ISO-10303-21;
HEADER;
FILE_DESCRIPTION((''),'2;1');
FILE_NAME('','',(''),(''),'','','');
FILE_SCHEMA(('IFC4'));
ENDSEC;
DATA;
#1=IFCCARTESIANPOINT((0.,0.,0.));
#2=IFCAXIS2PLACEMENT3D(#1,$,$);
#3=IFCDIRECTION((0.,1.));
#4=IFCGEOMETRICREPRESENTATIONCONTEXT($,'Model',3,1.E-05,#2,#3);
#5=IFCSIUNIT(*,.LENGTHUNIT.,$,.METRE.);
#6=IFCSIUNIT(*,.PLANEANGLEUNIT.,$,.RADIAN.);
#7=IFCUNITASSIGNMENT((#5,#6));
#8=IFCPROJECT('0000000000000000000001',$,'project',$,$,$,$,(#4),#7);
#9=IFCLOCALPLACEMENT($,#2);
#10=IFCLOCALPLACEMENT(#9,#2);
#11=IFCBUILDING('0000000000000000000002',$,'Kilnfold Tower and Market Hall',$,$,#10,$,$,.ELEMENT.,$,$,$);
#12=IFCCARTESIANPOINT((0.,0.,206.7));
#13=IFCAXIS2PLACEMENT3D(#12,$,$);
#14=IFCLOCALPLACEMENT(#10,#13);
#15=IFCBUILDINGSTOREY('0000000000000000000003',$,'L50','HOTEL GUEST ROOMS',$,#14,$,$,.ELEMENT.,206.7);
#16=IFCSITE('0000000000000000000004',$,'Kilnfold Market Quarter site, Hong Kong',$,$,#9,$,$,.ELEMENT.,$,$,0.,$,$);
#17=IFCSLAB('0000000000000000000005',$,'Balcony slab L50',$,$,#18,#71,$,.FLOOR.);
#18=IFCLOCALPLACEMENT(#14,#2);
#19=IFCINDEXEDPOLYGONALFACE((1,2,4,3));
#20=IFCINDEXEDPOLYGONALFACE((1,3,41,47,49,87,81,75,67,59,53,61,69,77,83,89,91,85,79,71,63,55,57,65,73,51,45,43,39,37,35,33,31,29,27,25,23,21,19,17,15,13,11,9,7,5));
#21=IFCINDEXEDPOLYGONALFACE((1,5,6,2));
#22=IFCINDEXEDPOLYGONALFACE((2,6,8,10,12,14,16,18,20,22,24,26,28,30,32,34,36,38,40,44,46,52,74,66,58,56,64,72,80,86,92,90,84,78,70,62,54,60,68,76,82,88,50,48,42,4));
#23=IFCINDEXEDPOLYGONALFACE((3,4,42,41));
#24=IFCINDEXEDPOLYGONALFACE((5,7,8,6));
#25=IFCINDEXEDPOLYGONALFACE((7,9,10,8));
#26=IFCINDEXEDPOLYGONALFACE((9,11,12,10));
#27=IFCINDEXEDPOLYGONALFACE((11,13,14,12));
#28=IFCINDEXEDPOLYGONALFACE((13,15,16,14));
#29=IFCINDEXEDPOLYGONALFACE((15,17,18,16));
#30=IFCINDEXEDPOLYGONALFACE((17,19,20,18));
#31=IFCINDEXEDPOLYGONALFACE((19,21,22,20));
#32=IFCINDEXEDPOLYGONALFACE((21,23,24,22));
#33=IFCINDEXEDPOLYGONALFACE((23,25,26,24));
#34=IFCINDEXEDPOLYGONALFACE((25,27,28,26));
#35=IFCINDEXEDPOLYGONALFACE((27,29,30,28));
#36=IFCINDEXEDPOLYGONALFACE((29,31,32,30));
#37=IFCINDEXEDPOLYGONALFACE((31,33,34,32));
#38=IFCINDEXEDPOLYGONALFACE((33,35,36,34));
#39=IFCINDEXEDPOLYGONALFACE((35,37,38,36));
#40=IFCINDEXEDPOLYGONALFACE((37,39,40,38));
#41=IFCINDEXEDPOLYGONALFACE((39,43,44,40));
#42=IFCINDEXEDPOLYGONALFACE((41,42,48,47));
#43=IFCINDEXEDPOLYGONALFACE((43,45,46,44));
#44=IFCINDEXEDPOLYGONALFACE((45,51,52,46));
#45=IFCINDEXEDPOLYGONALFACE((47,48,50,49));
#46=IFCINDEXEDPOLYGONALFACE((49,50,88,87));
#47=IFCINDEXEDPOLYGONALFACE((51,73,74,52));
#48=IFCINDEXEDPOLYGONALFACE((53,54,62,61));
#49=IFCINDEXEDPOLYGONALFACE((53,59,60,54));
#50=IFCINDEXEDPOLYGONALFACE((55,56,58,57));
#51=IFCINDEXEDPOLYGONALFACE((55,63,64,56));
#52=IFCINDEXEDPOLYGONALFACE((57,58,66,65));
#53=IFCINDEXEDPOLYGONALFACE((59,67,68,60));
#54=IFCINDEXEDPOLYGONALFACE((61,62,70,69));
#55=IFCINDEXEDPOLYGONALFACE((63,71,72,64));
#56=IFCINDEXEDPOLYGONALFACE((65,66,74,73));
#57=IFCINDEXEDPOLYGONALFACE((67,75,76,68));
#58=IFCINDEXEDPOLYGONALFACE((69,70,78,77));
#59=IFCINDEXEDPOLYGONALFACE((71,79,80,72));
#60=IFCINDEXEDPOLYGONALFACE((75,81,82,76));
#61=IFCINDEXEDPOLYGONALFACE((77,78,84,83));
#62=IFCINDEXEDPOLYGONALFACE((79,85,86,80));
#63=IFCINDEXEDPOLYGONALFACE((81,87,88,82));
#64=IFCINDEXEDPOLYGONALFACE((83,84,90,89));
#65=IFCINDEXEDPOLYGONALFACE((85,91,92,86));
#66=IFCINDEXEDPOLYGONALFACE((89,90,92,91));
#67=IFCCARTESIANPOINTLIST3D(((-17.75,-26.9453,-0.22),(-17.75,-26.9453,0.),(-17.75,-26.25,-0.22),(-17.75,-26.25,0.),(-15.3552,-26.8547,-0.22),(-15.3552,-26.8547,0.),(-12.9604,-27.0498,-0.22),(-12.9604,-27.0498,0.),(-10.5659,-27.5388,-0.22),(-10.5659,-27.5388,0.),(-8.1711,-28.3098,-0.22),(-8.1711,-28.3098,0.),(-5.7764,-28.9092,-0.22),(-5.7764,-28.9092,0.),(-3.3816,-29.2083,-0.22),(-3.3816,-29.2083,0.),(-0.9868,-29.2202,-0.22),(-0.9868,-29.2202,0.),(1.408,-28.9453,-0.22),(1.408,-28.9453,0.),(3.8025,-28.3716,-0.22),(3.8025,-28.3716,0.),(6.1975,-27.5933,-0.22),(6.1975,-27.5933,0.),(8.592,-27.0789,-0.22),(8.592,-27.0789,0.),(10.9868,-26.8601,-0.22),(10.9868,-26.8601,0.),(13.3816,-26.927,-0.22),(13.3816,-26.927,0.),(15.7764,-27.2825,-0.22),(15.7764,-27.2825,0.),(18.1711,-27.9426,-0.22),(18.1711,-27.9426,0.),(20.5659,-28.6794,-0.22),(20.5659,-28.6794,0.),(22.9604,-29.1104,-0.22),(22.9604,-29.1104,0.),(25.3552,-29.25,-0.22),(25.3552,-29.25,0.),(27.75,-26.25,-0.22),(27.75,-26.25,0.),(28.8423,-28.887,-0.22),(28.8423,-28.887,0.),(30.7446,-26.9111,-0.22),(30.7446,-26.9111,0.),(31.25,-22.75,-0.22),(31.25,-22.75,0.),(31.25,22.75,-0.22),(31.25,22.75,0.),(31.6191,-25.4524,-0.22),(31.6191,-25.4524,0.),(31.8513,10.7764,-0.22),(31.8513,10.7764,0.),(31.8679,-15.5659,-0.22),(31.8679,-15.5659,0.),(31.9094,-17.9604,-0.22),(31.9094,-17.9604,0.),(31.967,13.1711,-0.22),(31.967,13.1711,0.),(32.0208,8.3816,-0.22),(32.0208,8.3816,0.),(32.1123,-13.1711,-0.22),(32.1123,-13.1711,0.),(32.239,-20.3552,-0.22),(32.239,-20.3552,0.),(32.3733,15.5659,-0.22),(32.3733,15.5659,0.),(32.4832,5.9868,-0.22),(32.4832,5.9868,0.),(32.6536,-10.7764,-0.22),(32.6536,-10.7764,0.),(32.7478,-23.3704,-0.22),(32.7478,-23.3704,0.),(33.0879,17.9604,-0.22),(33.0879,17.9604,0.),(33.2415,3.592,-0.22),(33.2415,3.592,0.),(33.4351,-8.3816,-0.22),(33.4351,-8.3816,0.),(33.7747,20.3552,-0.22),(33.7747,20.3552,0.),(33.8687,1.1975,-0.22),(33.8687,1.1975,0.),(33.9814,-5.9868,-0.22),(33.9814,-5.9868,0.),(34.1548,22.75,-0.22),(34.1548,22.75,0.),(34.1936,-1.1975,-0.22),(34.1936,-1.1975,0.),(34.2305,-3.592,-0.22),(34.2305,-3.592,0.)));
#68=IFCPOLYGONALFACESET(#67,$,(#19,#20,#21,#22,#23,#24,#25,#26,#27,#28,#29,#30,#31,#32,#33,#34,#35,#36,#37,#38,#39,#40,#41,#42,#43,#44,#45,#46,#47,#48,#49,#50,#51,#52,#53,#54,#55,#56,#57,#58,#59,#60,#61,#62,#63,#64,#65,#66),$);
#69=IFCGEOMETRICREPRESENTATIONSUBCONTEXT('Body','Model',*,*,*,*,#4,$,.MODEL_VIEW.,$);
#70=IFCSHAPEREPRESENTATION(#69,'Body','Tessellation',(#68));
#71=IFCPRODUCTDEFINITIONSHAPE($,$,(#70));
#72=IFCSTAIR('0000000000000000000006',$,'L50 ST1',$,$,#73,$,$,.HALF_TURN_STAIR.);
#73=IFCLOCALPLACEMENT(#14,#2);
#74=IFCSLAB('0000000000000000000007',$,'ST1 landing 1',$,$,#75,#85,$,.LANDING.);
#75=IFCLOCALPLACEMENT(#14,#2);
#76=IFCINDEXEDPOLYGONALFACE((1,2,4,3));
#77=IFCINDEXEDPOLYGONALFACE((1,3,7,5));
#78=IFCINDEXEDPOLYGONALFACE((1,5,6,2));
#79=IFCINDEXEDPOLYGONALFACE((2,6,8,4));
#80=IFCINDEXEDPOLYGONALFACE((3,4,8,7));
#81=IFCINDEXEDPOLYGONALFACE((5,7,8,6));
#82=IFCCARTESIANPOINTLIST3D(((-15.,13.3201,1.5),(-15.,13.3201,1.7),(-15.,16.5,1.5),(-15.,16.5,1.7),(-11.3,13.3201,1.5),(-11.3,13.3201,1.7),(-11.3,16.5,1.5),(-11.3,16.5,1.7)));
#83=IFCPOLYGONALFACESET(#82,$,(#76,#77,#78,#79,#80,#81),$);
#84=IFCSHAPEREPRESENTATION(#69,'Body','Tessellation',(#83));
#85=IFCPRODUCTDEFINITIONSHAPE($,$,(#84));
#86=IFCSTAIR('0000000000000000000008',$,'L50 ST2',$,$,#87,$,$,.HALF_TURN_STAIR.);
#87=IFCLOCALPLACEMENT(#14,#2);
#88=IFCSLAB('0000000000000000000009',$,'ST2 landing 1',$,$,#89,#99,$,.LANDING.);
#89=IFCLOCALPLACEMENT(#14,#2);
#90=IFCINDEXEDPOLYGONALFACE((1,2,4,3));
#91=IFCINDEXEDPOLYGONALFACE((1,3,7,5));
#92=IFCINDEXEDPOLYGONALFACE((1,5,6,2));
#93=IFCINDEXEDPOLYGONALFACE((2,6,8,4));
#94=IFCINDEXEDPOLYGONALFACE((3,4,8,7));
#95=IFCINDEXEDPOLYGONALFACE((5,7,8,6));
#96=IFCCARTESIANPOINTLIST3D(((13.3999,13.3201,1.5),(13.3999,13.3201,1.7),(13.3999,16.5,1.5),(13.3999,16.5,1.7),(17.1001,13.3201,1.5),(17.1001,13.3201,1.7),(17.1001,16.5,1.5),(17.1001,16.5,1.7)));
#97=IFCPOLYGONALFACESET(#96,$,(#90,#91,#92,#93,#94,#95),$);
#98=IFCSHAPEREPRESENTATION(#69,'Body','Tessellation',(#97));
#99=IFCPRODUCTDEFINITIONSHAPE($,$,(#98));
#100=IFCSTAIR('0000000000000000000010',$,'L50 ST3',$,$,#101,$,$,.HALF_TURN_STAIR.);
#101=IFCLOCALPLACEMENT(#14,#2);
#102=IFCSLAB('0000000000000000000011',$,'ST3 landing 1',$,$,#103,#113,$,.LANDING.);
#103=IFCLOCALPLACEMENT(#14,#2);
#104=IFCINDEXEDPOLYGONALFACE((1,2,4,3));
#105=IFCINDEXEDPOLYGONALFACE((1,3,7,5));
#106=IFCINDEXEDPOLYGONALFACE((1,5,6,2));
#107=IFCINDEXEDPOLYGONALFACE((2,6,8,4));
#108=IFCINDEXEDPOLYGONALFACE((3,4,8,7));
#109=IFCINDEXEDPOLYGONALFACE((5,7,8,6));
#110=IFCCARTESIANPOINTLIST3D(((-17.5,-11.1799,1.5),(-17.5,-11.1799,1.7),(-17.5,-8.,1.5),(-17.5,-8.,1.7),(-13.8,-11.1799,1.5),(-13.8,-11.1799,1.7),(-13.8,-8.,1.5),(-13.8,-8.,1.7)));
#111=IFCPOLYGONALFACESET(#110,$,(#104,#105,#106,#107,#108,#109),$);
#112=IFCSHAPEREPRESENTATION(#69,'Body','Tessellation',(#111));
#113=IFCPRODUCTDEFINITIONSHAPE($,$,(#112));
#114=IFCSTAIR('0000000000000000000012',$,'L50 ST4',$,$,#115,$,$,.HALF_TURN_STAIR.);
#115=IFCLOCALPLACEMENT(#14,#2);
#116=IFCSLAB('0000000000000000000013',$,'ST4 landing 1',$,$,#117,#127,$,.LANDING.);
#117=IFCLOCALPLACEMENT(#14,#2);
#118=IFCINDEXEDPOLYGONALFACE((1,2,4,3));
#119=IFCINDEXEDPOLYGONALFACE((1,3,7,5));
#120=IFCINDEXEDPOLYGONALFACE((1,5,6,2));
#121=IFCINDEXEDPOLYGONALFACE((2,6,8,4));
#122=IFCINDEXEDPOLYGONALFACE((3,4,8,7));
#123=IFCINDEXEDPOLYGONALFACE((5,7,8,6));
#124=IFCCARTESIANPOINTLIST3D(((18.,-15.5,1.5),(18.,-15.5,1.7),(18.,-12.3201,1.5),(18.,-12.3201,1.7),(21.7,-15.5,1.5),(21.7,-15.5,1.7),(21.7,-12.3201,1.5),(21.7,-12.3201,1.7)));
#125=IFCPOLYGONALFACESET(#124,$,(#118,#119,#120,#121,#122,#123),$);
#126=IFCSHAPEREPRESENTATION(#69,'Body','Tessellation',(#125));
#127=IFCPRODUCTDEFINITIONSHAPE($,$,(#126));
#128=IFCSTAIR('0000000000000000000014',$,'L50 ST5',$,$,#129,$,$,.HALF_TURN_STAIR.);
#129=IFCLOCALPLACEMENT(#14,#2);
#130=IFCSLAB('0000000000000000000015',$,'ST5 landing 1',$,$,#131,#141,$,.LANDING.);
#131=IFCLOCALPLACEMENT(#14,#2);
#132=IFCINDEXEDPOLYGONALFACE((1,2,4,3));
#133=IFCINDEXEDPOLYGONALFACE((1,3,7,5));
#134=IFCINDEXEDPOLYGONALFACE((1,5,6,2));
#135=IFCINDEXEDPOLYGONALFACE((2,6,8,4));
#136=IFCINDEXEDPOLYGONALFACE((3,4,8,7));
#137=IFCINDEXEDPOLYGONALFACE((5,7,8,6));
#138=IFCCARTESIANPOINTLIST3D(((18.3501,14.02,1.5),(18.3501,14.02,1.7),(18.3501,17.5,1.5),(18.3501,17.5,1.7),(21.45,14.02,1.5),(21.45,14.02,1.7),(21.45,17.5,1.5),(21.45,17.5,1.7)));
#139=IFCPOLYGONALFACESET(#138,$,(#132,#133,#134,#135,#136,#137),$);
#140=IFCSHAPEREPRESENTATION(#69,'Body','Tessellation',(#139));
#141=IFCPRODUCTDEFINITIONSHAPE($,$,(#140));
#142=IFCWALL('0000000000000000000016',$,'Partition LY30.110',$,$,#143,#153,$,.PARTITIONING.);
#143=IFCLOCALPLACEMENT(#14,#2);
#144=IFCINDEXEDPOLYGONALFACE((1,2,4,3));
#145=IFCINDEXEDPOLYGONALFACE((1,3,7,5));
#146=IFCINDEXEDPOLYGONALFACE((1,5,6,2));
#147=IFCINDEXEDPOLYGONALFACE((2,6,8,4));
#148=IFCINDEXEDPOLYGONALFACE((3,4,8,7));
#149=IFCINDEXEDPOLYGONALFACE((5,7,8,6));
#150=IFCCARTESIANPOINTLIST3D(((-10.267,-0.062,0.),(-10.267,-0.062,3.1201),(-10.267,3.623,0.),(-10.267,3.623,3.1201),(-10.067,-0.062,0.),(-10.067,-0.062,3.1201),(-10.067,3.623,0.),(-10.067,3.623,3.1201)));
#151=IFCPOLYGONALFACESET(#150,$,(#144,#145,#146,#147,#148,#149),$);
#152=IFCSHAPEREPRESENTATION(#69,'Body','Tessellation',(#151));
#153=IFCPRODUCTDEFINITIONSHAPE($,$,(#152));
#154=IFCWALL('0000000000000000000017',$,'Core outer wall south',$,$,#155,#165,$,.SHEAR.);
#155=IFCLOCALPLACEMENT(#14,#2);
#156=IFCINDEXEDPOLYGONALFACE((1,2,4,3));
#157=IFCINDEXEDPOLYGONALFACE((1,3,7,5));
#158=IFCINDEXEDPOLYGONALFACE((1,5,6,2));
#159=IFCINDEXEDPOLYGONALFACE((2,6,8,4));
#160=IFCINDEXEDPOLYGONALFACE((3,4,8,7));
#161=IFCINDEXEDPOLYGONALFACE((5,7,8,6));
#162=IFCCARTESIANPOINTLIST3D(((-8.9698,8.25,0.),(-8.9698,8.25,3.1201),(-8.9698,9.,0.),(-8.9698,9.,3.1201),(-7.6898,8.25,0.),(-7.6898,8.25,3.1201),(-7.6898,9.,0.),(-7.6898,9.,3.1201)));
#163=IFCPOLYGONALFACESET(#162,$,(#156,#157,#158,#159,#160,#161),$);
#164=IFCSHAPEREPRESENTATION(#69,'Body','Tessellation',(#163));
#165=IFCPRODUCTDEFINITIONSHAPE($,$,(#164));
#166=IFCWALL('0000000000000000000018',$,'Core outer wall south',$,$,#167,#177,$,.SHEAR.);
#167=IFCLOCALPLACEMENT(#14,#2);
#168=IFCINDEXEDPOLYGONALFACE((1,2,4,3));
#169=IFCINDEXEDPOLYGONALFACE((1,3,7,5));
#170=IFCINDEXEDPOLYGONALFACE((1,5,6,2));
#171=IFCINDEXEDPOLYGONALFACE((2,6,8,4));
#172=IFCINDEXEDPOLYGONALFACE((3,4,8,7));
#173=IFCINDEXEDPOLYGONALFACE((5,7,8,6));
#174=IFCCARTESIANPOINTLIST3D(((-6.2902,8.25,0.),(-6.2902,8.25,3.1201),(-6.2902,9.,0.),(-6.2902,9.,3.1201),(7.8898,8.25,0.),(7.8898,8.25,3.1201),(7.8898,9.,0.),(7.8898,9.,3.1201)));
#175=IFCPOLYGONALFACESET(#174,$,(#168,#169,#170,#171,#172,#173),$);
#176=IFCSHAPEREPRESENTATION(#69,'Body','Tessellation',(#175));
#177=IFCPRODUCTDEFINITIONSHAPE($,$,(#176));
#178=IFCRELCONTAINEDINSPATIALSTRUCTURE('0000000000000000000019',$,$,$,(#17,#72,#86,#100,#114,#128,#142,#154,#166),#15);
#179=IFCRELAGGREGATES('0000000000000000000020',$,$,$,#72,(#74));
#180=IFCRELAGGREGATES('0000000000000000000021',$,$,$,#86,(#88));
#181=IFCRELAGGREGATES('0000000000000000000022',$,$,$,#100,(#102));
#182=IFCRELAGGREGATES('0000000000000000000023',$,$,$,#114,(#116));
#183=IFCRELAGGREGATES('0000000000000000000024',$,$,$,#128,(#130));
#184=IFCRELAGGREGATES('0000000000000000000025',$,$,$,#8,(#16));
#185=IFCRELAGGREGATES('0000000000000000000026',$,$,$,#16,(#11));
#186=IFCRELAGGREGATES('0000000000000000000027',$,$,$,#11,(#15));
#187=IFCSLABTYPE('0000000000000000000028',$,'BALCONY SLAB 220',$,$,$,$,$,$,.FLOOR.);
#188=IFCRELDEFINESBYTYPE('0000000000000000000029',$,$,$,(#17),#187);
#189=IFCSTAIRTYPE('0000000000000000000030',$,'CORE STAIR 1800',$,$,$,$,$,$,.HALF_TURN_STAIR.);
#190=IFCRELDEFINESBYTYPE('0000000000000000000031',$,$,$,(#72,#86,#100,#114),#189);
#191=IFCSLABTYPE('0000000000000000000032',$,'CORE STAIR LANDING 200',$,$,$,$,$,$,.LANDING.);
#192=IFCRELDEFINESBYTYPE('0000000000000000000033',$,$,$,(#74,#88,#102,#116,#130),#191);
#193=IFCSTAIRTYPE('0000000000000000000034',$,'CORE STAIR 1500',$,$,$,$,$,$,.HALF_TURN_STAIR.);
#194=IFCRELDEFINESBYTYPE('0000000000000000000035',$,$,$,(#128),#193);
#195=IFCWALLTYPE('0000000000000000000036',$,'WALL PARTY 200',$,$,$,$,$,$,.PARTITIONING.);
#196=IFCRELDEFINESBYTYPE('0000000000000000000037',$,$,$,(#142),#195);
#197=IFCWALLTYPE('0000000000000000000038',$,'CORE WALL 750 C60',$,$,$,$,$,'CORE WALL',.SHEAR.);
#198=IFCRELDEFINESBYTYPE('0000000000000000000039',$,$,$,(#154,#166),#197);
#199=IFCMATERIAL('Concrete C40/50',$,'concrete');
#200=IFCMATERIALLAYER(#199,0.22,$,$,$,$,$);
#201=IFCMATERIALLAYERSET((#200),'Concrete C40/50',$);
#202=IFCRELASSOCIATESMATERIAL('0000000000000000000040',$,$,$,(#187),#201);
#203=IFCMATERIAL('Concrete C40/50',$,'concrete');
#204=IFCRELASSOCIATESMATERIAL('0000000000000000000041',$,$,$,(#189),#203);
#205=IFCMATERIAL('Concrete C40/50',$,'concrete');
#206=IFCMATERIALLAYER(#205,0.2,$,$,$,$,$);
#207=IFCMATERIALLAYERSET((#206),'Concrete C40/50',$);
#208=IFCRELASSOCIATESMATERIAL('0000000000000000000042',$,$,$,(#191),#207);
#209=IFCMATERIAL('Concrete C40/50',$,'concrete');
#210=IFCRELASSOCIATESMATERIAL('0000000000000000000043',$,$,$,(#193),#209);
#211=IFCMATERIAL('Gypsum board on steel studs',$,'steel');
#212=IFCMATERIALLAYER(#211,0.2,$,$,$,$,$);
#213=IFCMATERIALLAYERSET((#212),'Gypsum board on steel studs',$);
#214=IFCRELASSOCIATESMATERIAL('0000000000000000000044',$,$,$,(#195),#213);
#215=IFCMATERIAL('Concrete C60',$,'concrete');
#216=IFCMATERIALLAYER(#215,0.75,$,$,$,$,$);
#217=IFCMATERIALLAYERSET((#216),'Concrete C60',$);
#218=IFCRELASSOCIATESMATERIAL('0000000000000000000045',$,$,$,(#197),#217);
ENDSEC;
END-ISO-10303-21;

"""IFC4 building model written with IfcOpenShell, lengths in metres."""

from ifc_helpers import new_model, si_unit, direction, frame, frame_2d, origin, place, context, subcontext, project, spatial, polyline, rectangle, outline, extrude, source, transform, mapped, material, layer, layer_set, type_object, element, aggregate, save


model = new_model("IFC4")

# Units and contexts
model_context = context("Model", 3, precision=1e-05, world=origin(), true_north=direction((0.0, 1.0)))
body_context = subcontext(model_context, "Body", "Model", "MODEL_VIEW")
ifc_project = project(units=[si_unit("LENGTHUNIT", "METRE"), si_unit("PLANEANGLEUNIT", "RADIAN")], contexts=[model_context])

# Site, building, storey
site_placement = place(None, origin())
site = spatial("IfcSite", under=ifc_project, at=site_placement, Name="Kilnfold Market Quarter site, Hong Kong", CompositionType="ELEMENT", RefElevation=0.0)
building_placement = place(site_placement, origin())
building = spatial("IfcBuilding", under=site, at=building_placement, Name="Kilnfold Tower and Market Hall", CompositionType="ELEMENT")
storey_placement = place(building_placement, frame((0.0, 0.0, 206.7)))
storey = spatial("IfcBuildingStorey", under=building, at=storey_placement, Name="L50", Description="HOTEL GUEST ROOMS", CompositionType="ELEMENT", Elevation=206.7)

# Slab
ifc_material_1 = material(Name="Concrete C40/50", Category="concrete")
ifc_layer_1 = layer(ifc_material_1, 0.22)
ifc_layer_set_1 = layer_set([ifc_layer_1], Name="Concrete C40/50")
slab_type_1 = type_object("IfcSlabType", Name="BALCONY SLAB 220", PredefinedType="FLOOR", material=ifc_layer_set_1)
shared_shape_1 = source(origin(), body_context, "Body", "SweptSolid", [
    extrude(outline(polyline([(-17.75, -26.25), (27.75, -26.25), (31.25, -22.75), (31.25, 22.75), (34.1548, 22.75), (33.7747, 20.3552), (33.0879, 17.9604), (32.3733, 15.5659), (31.967, 13.1711), (31.8513, 10.7764), (32.0208, 8.3816), (32.4832, 5.9868), (33.2415, 3.592), (33.8687, 1.1975), (34.1936, -1.1975), (34.2305, -3.592), (33.9814, -5.9868), (33.4351, -8.3816), (32.6536, -10.7764), (32.1123, -13.1711), (31.8679, -15.5659), (31.9094, -17.9604), (32.239, -20.3552), (32.7478, -23.3704), (31.6191, -25.4524), (30.7446, -26.9111), (28.8423, -28.887), (25.3552, -29.25), (22.9604, -29.1104), (20.5659, -28.6794), (18.1711, -27.9426), (15.7764, -27.2825), (13.3816, -26.927), (10.9868, -26.8601), (8.592, -27.0789), (6.1975, -27.5933), (3.8025, -28.3716), (1.408, -28.9453), (-0.9868, -29.2202), (-3.3816, -29.2083), (-5.7764, -28.9092), (-8.1711, -28.3098), (-10.5659, -27.5388), (-12.9604, -27.0498), (-15.3552, -26.8547), (-17.75, -26.9453), (-17.75, -26.25)])), origin(), (0.0, 0.0, 1.0), 0.22),
])
slab_1_placement = place(storey_placement, frame((0.0, 0.0, -0.22)))
element("IfcSlab", 1, at=slab_1_placement, inside=storey, type_object=slab_type_1, Name="Balcony slab L50", PredefinedType="FLOOR", context=body_context, shape_type="MappedRepresentation", body=[
    mapped(shared_shape_1, transform((0.0, 0.0, 0.0))),
])

# Stairs, slabs
ifc_material_2 = material(Name="Concrete C40/50", Category="concrete")
stair_type_1 = type_object("IfcStairType", Name="CORE STAIR 1800", PredefinedType="HALF_TURN_STAIR", material=ifc_material_2)
stair_1_placement = place(storey_placement, origin())
stair_1 = element("IfcStair", 2, at=stair_1_placement, inside=storey, type_object=stair_type_1, Name="L50 ST1", PredefinedType="HALF_TURN_STAIR")
ifc_material_3 = material(Name="Concrete C40/50", Category="concrete")
ifc_layer_2 = layer(ifc_material_3, 0.2)
ifc_layer_set_2 = layer_set([ifc_layer_2], Name="Concrete C40/50")
slab_type_2 = type_object("IfcSlabType", Name="CORE STAIR LANDING 200", PredefinedType="LANDING", material=ifc_layer_set_2)
shared_shape_2 = source(origin(), body_context, "Body", "SweptSolid", [
    extrude(outline(polyline([(-11.3, 13.3201), (-11.3, 16.5), (-15.0, 16.5), (-15.0, 13.3201), (-11.3, 13.3201)])), origin(), (0.0, 0.0, 1.0), 0.2),
])
slab_2_placement = place(storey_placement, frame((0.0, 0.0, 1.5)))
slab_2 = element("IfcSlab", 3, at=slab_2_placement, type_object=slab_type_2, Name="ST1 landing 1", PredefinedType="LANDING", context=body_context, shape_type="MappedRepresentation", body=[
    mapped(shared_shape_2, transform((0.0, 0.0, 0.0))),
])
aggregate(stair_1, [slab_2])
stair_2_placement = place(storey_placement, origin())
stair_2 = element("IfcStair", 4, at=stair_2_placement, inside=storey, type_object=stair_type_1, Name="L50 ST2", PredefinedType="HALF_TURN_STAIR")
shared_shape_3 = source(origin(), body_context, "Body", "SweptSolid", [
    extrude(outline(polyline([(17.1001, 13.3201), (17.1001, 16.5), (13.3999, 16.5), (13.3999, 13.3201), (17.1001, 13.3201)])), origin(), (0.0, 0.0, 1.0), 0.2),
])
slab_3_placement = place(storey_placement, frame((0.0, 0.0, 1.5)))
slab_3 = element("IfcSlab", 5, at=slab_3_placement, type_object=slab_type_2, Name="ST2 landing 1", PredefinedType="LANDING", context=body_context, shape_type="MappedRepresentation", body=[
    mapped(shared_shape_3, transform((0.0, 0.0, 0.0))),
])
aggregate(stair_2, [slab_3])
stair_3_placement = place(storey_placement, origin())
stair_3 = element("IfcStair", 6, at=stair_3_placement, inside=storey, type_object=stair_type_1, Name="L50 ST3", PredefinedType="HALF_TURN_STAIR")
shared_shape_4 = source(origin(), body_context, "Body", "SweptSolid", [
    extrude(outline(polyline([(-13.8, -11.1799), (-13.8, -8.0), (-17.5, -8.0), (-17.5, -11.1799), (-13.8, -11.1799)])), origin(), (0.0, 0.0, 1.0), 0.2),
])
slab_4_placement = place(storey_placement, frame((0.0, 0.0, 1.5)))
slab_4 = element("IfcSlab", 7, at=slab_4_placement, type_object=slab_type_2, Name="ST3 landing 1", PredefinedType="LANDING", context=body_context, shape_type="MappedRepresentation", body=[
    mapped(shared_shape_4, transform((0.0, 0.0, 0.0))),
])
aggregate(stair_3, [slab_4])
stair_4_placement = place(storey_placement, origin())
stair_4 = element("IfcStair", 8, at=stair_4_placement, inside=storey, type_object=stair_type_1, Name="L50 ST4", PredefinedType="HALF_TURN_STAIR")
shared_shape_5 = source(origin(), body_context, "Body", "SweptSolid", [
    extrude(outline(polyline([(18.0, -12.3201), (18.0, -15.5), (21.7, -15.5), (21.7, -12.3201), (18.0, -12.3201)])), origin(), (0.0, 0.0, 1.0), 0.2),
])
slab_5_placement = place(storey_placement, frame((0.0, 0.0, 1.5)))
slab_5 = element("IfcSlab", 9, at=slab_5_placement, type_object=slab_type_2, Name="ST4 landing 1", PredefinedType="LANDING", context=body_context, shape_type="MappedRepresentation", body=[
    mapped(shared_shape_5, transform((0.0, 0.0, 0.0))),
])
aggregate(stair_4, [slab_5])
ifc_material_4 = material(Name="Concrete C40/50", Category="concrete")
stair_type_2 = type_object("IfcStairType", Name="CORE STAIR 1500", PredefinedType="HALF_TURN_STAIR", material=ifc_material_4)
stair_5_placement = place(storey_placement, origin())
stair_5 = element("IfcStair", 10, at=stair_5_placement, inside=storey, type_object=stair_type_2, Name="L50 ST5", PredefinedType="HALF_TURN_STAIR")
shared_shape_6 = source(origin(), body_context, "Body", "SweptSolid", [
    extrude(outline(polyline([(21.45, 14.02), (21.45, 17.5), (18.3501, 17.5), (18.3501, 14.02), (21.45, 14.02)])), origin(), (0.0, 0.0, 1.0), 0.2),
])
slab_6_placement = place(storey_placement, frame((0.0, 0.0, 1.5)))
slab_6 = element("IfcSlab", 11, at=slab_6_placement, type_object=slab_type_2, Name="ST5 landing 1", PredefinedType="LANDING", context=body_context, shape_type="MappedRepresentation", body=[
    mapped(shared_shape_6, transform((0.0, 0.0, 0.0))),
])
aggregate(stair_5, [slab_6])

# Walls
ifc_material_5 = material(Name="Gypsum board on steel studs", Category="steel")
ifc_layer_3 = layer(ifc_material_5, 0.2)
ifc_layer_set_3 = layer_set([ifc_layer_3], Name="Gypsum board on steel studs")
wall_type_1 = type_object("IfcWallType", Name="WALL PARTY 200", PredefinedType="PARTITIONING", material=ifc_layer_set_3)
wall_1_placement = place(storey_placement, frame((-10.167, -0.062, 0.0), z_axis=(0.0, 0.0, 1.0), x_axis=(0.0, 1.0, 0.0)))
element("IfcWall", 12, at=wall_1_placement, inside=storey, type_object=wall_type_1, Name="Partition LY30.110", PredefinedType="PARTITIONING", context=body_context, shape_type="SweptSolid", body=[
    extrude(rectangle(XDim=3.6851, YDim=0.2, at=frame_2d((1.8425, 0.0))), origin(), (0.0, 0.0, 1.0), 3.1201),
])
ifc_material_6 = material(Name="Concrete C60", Category="concrete")
ifc_layer_4 = layer(ifc_material_6, 0.75)
ifc_layer_set_4 = layer_set([ifc_layer_4], Name="Concrete C60")
wall_type_2 = type_object("IfcWallType", Name="CORE WALL 750 C60", ElementType="CORE WALL", PredefinedType="SHEAR", material=ifc_layer_set_4)
shared_shape_7 = source(origin(), body_context, "Body", "SweptSolid", [
    extrude(rectangle(XDim=1.28, YDim=0.75, at=frame_2d((0.6401, 0.0))), origin(), (0.0, 0.0, 1.0), 3.1201),
])
wall_2_placement = place(storey_placement, frame((-8.97, 8.625, 0.0), z_axis=(0.0, 0.0, 1.0), x_axis=(1.0, 0.0, 0.0)))
element("IfcWall", 13, at=wall_2_placement, inside=storey, type_object=wall_type_2, Name="Core outer wall south", PredefinedType="SHEAR", context=body_context, shape_type="MappedRepresentation", body=[
    mapped(shared_shape_7, transform((0.0, 0.0, 0.0))),
])
shared_shape_8 = source(origin(), body_context, "Body", "SweptSolid", [
    extrude(rectangle(XDim=14.1799, YDim=0.75, at=frame_2d((7.0898, 0.0))), origin(), (0.0, 0.0, 1.0), 3.1201),
])
wall_3_placement = place(storey_placement, frame((-6.29, 8.625, 0.0), z_axis=(0.0, 0.0, 1.0), x_axis=(1.0, 0.0, 0.0)))
element("IfcWall", 14, at=wall_3_placement, inside=storey, type_object=wall_type_2, Name="Core outer wall south", PredefinedType="SHEAR", context=body_context, shape_type="MappedRepresentation", body=[
    mapped(shared_shape_8, transform((0.0, 0.0, 0.0))),
])

save(model, "model.ifc")
